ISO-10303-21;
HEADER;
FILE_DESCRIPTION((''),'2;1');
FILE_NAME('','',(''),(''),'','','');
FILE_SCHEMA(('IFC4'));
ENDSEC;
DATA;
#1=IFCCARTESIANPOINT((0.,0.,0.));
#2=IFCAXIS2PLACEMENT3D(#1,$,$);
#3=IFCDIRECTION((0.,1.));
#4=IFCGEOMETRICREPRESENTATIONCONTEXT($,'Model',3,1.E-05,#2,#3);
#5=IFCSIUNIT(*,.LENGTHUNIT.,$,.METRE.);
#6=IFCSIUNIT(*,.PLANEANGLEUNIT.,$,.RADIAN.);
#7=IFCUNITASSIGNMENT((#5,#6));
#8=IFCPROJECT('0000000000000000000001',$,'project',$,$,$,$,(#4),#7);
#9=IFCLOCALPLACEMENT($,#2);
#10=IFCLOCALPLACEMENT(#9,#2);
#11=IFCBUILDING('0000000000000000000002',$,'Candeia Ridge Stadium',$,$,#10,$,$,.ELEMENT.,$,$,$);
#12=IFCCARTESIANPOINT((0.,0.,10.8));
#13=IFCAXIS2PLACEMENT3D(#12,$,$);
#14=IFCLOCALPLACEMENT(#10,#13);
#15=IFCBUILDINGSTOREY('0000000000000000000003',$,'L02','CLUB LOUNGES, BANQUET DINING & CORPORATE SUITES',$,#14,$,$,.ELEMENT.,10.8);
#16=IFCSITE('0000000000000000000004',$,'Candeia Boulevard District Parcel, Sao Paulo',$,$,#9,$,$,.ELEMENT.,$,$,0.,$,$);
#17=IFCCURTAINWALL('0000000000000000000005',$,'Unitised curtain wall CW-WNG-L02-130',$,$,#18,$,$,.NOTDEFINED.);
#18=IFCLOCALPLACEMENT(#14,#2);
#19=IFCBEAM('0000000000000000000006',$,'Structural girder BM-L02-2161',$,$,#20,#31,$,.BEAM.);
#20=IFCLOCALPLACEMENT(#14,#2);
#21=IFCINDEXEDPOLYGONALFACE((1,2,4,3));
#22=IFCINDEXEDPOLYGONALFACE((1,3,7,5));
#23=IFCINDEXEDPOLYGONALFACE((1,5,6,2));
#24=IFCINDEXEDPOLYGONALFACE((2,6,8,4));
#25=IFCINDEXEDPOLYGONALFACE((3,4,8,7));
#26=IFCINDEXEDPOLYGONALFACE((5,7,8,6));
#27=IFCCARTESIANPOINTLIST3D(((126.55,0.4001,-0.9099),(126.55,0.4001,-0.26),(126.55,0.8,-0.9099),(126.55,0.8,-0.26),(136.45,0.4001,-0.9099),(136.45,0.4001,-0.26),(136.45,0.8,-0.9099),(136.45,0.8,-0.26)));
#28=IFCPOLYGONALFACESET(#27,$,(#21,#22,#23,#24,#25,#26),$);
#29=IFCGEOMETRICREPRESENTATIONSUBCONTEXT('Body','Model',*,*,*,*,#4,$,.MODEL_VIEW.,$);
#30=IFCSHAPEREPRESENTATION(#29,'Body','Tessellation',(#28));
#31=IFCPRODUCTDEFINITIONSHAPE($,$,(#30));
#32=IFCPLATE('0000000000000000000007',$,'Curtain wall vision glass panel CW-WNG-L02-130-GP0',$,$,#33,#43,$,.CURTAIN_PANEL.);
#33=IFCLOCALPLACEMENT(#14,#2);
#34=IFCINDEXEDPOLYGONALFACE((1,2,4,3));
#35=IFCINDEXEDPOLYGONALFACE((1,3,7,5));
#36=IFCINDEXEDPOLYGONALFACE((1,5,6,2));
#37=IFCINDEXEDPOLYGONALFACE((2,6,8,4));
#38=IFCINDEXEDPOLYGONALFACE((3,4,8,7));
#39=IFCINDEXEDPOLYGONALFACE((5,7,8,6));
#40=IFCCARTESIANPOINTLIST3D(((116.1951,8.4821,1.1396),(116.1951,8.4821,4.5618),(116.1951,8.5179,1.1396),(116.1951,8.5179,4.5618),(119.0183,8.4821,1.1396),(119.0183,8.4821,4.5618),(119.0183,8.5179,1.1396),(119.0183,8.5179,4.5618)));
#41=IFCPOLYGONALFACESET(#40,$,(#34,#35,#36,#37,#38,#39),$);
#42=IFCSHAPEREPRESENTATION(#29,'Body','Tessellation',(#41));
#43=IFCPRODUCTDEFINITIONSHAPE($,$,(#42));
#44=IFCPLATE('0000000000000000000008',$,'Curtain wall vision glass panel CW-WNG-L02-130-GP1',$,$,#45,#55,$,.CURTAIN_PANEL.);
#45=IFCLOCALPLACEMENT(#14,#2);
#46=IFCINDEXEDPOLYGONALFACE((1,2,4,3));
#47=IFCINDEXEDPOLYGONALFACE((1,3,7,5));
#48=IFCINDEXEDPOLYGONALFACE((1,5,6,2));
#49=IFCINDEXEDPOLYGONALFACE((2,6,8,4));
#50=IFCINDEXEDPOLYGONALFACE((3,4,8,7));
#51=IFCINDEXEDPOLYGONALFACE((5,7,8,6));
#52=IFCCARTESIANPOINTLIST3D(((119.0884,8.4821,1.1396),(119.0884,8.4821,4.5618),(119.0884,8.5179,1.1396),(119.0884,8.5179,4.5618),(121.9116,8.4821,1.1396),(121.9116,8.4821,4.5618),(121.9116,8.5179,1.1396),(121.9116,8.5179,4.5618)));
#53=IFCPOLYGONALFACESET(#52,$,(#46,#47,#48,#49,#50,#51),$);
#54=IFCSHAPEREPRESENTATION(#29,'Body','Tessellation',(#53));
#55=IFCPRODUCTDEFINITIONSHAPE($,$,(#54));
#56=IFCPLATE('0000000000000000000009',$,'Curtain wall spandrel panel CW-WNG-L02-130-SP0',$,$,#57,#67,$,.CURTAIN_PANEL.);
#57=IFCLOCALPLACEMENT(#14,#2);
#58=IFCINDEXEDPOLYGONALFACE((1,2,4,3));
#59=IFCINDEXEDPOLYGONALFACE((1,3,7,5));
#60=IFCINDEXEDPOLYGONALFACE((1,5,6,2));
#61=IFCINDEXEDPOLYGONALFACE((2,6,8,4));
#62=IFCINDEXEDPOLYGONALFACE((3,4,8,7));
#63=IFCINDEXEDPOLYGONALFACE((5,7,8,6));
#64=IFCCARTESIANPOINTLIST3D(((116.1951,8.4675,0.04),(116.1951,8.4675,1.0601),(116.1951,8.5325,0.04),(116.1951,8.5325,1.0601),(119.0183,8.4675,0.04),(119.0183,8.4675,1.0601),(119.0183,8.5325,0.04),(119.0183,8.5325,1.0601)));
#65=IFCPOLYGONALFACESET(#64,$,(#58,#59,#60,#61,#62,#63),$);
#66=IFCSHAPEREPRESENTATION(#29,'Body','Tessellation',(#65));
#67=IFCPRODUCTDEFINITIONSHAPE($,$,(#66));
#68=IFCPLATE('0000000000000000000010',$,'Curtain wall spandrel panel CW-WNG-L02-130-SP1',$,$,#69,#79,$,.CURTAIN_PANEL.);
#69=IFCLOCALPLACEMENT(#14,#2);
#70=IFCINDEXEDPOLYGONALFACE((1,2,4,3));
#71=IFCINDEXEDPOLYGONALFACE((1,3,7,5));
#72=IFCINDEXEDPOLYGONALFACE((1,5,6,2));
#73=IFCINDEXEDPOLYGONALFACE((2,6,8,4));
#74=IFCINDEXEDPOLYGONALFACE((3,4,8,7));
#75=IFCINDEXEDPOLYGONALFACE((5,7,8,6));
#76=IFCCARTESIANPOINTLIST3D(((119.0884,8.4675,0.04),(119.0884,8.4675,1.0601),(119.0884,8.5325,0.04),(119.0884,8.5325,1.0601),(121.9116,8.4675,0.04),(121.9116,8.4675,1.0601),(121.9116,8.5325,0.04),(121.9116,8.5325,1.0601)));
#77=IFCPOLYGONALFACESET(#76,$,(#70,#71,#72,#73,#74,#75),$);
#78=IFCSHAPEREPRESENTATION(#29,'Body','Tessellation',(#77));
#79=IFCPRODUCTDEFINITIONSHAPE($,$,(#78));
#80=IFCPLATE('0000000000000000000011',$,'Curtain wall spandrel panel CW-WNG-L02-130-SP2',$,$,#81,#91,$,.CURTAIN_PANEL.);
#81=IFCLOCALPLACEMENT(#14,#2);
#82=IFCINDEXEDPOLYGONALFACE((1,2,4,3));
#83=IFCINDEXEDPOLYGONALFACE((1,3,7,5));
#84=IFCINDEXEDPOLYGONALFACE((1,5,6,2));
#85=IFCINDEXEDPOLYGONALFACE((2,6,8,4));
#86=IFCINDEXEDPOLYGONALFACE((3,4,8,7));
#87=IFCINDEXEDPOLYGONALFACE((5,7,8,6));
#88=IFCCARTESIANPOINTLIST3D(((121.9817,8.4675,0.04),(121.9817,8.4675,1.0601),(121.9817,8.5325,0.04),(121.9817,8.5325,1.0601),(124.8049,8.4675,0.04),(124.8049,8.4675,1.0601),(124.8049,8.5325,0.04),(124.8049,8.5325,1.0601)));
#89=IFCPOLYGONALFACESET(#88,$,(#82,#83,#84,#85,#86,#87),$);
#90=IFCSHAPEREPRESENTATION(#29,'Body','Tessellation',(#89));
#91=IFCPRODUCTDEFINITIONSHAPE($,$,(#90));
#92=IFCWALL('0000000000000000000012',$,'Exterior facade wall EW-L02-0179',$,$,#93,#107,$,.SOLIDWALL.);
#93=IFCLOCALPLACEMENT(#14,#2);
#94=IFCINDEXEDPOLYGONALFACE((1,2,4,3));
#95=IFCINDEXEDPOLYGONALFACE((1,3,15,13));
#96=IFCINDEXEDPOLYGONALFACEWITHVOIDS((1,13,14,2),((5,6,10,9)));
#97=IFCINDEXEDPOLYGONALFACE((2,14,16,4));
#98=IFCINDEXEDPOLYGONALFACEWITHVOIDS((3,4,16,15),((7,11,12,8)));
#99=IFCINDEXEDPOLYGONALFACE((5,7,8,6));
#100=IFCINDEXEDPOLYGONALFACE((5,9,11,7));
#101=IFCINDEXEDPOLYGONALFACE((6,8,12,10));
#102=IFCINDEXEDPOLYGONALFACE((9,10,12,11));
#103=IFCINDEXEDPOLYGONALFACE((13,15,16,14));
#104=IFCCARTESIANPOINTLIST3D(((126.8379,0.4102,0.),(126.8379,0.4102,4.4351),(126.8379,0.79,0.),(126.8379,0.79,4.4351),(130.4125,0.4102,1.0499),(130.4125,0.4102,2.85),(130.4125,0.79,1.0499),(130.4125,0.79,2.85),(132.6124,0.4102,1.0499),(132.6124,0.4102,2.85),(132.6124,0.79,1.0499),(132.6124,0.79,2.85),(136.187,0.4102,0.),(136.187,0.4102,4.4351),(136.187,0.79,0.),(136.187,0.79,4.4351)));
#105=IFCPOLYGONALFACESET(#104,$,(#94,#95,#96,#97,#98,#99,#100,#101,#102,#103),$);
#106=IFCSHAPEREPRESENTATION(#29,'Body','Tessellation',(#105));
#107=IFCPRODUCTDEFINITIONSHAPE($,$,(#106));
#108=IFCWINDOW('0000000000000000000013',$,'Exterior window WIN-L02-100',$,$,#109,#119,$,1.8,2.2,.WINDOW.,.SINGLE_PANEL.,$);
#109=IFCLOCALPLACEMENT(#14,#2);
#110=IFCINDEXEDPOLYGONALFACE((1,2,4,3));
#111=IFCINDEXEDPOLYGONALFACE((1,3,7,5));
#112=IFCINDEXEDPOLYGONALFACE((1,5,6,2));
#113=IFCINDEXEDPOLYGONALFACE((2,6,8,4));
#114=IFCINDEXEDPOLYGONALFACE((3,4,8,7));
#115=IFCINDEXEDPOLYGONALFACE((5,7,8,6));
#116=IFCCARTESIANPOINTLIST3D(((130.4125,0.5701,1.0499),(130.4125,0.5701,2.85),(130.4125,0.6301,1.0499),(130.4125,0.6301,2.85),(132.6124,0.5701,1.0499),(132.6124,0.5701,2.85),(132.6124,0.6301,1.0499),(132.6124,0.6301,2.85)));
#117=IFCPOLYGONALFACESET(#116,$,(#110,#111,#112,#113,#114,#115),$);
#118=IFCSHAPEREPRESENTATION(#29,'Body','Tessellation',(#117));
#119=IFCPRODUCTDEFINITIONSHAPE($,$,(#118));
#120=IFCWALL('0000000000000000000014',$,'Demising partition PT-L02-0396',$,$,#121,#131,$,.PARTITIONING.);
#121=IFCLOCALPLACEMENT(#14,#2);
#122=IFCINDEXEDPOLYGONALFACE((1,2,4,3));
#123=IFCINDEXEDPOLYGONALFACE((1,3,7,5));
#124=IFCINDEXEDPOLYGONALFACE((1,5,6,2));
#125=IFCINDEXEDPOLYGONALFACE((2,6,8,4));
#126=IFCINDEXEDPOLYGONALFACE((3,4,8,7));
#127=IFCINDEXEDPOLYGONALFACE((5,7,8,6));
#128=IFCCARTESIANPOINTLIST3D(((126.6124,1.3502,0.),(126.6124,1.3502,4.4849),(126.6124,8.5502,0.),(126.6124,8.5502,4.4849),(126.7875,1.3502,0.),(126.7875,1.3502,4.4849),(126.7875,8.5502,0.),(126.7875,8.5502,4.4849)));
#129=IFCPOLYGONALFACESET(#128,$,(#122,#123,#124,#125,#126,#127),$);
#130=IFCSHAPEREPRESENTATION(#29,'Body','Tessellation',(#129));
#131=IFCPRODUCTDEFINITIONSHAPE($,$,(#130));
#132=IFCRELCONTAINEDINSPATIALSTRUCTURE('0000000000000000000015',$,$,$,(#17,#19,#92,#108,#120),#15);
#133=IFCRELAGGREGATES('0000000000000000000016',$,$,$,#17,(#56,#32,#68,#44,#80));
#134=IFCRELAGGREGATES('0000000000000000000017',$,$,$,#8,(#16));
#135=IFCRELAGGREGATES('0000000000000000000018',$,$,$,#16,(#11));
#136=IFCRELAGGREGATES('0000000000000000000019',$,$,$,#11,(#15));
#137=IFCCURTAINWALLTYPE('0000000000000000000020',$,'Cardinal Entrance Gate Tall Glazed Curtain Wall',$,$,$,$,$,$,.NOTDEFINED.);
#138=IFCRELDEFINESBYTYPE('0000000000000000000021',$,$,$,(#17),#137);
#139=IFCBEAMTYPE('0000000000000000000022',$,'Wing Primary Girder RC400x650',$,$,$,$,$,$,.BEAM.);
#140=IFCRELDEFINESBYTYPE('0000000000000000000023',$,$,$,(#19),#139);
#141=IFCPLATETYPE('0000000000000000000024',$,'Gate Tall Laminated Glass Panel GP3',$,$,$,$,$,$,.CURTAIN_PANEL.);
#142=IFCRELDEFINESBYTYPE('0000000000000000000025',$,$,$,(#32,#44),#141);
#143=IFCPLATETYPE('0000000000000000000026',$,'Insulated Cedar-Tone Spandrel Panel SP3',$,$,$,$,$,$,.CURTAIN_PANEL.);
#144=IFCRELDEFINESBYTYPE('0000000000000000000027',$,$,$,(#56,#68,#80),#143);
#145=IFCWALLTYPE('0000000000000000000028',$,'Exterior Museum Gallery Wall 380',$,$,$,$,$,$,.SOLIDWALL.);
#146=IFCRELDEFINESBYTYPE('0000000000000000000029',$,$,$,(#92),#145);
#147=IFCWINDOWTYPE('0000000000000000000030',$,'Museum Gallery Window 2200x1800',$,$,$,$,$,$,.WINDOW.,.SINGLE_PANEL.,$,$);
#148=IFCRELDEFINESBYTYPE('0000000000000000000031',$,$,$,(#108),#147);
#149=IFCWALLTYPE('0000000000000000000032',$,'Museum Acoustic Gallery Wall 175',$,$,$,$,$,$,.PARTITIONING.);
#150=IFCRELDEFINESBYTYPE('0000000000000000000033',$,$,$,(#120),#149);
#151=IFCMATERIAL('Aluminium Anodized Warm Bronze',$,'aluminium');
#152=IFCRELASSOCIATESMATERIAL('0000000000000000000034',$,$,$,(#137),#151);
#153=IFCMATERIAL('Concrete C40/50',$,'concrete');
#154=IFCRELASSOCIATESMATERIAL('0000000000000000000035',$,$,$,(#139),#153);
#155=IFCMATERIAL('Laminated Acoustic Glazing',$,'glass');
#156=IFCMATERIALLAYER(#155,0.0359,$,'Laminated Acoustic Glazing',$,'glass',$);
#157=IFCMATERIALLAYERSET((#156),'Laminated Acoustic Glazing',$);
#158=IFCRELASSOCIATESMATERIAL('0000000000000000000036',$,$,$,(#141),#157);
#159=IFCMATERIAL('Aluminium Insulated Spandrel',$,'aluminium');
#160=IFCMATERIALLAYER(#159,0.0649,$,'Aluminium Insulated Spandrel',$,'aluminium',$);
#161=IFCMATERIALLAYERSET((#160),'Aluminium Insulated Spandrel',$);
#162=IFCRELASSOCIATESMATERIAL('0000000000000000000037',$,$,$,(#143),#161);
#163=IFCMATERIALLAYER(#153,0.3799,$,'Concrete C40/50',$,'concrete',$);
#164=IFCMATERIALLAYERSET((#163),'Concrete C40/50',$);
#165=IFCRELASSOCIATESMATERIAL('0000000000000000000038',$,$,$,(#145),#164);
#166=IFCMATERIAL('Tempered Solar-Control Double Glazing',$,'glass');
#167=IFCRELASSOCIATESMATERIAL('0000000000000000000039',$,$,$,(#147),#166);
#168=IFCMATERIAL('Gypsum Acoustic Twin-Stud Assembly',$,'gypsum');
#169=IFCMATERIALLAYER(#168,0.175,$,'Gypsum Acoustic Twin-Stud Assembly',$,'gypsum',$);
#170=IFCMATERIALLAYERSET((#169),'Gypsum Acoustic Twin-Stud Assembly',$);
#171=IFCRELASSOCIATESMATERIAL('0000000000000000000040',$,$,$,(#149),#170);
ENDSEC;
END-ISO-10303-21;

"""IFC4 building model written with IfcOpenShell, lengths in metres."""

from ifc_helpers import new_model, si_unit, direction, frame, frame_2d, origin, origin_2d, place, context, subcontext, project, spatial, rectangle, extrude, material, layer, layer_set, material_profile, profile_set, type_object, element, fill, aggregate, save


model = new_model("IFC4")

# Units and contexts
model_context = context("Model", 3, precision=1e-05, world=origin(), true_north=direction((0.0, 1.0)))
body_context = subcontext(model_context, "Body", "Model", "MODEL_VIEW")
ifc_project = project(units=[si_unit("LENGTHUNIT", "METRE"), si_unit("PLANEANGLEUNIT", "RADIAN")], contexts=[model_context])

# Site, building, storey
site_placement = place(None, origin())
site = spatial("IfcSite", under=ifc_project, at=site_placement, Name="Candeia Boulevard District Parcel, Sao Paulo", CompositionType="ELEMENT", RefElevation=0.0)
building_placement = place(site_placement, origin())
building = spatial("IfcBuilding", under=site, at=building_placement, Name="Candeia Ridge Stadium", CompositionType="ELEMENT")
storey_placement = place(building_placement, frame((0.0, 0.0, 10.8)))
storey = spatial("IfcBuildingStorey", under=building, at=storey_placement, Name="L02", Description="CLUB LOUNGES, BANQUET DINING & CORPORATE SUITES", CompositionType="ELEMENT", Elevation=10.8)

# Shared definitions
ifc_material_1 = material(Name="Concrete C40/50", Category="concrete")

# Curtain wall
ifc_material_2 = material(Name="Aluminium Anodized Warm Bronze", Category="aluminium")
curtain_wall_type = type_object("IfcCurtainWallType", Name="Cardinal Entrance Gate Tall Glazed Curtain Wall", PredefinedType="NOTDEFINED", material=ifc_material_2)
curtain_wall_placement = place(storey_placement, origin())
curtain_wall = element("IfcCurtainWall", 1, at=curtain_wall_placement, inside=storey, type_object=curtain_wall_type, Name="Unitised curtain wall CW-WNG-L02-130", PredefinedType="NOTDEFINED")

# Beam
ifc_material_profile_1 = material_profile(ifc_material_1, rectangle(XDim=0.3999, YDim=0.6499, at=origin_2d()), Name="RC400x650", Category="concrete")
ifc_profile_set_1 = profile_set([ifc_material_profile_1], Name="Concrete C40/50")
beam_type_1 = type_object("IfcBeamType", Name="Wing Primary Girder RC400x650", PredefinedType="BEAM", material=ifc_profile_set_1)
beam_1_placement = place(storey_placement, frame((126.55, 0.6001, -0.585), z_axis=(1.0, 0.0, 0.0), x_axis=(0.0, 1.0, 0.0)))
element("IfcBeam", 2, at=beam_1_placement, inside=storey, type_object=beam_type_1, Name="Structural girder BM-L02-2161", PredefinedType="BEAM", context=body_context, shape_type="SweptSolid", body=[
    extrude(rectangle(XDim=0.3999, YDim=0.6499, at=origin_2d()), origin(), (0.0, 0.0, 1.0), 9.8999),
])

# Plates
ifc_material_3 = material(Name="Laminated Acoustic Glazing", Category="glass")
ifc_layer_1 = layer(ifc_material_3, 0.0359, Name="Laminated Acoustic Glazing", Category="glass")
ifc_layer_set_1 = layer_set([ifc_layer_1], Name="Laminated Acoustic Glazing")
plate_type_1 = type_object("IfcPlateType", Name="Gate Tall Laminated Glass Panel GP3", PredefinedType="CURTAIN_PANEL", material=ifc_layer_set_1)
plate_1_placement = place(storey_placement, frame((117.6067, 8.5, 1.1396), z_axis=(0.0, 0.0, 1.0), x_axis=(1.0, 0.0, 0.0)))
plate_1 = element("IfcPlate", 3, at=plate_1_placement, type_object=plate_type_1, Name="Curtain wall vision glass panel CW-WNG-L02-130-GP0", PredefinedType="CURTAIN_PANEL", context=body_context, shape_type="SweptSolid", body=[
    extrude(rectangle(XDim=2.8232, YDim=0.0359, at=origin_2d()), origin(), (0.0, 0.0, 1.0), 3.4221),
])
plate_2_placement = place(storey_placement, frame((120.5, 8.5, 1.1396), z_axis=(0.0, 0.0, 1.0), x_axis=(1.0, 0.0, 0.0)))
plate_2 = element("IfcPlate", 4, at=plate_2_placement, type_object=plate_type_1, Name="Curtain wall vision glass panel CW-WNG-L02-130-GP1", PredefinedType="CURTAIN_PANEL", context=body_context, shape_type="SweptSolid", body=[
    extrude(rectangle(XDim=2.8232, YDim=0.0359, at=origin_2d()), origin(), (0.0, 0.0, 1.0), 3.4221),
])
ifc_material_4 = material(Name="Aluminium Insulated Spandrel", Category="aluminium")
ifc_layer_2 = layer(ifc_material_4, 0.0649, Name="Aluminium Insulated Spandrel", Category="aluminium")
ifc_layer_set_2 = layer_set([ifc_layer_2], Name="Aluminium Insulated Spandrel")
plate_type_2 = type_object("IfcPlateType", Name="Insulated Cedar-Tone Spandrel Panel SP3", PredefinedType="CURTAIN_PANEL", material=ifc_layer_set_2)
plate_3_placement = place(storey_placement, frame((117.6067, 8.5, 0.04), z_axis=(0.0, 0.0, 1.0), x_axis=(1.0, 0.0, 0.0)))
plate_3 = element("IfcPlate", 5, at=plate_3_placement, type_object=plate_type_2, Name="Curtain wall spandrel panel CW-WNG-L02-130-SP0", PredefinedType="CURTAIN_PANEL", context=body_context, shape_type="SweptSolid", body=[
    extrude(rectangle(XDim=2.8232, YDim=0.0649, at=origin_2d()), origin(), (0.0, 0.0, 1.0), 1.02),
])
plate_4_placement = place(storey_placement, frame((120.5, 8.5, 0.04), z_axis=(0.0, 0.0, 1.0), x_axis=(1.0, 0.0, 0.0)))
plate_4 = element("IfcPlate", 6, at=plate_4_placement, type_object=plate_type_2, Name="Curtain wall spandrel panel CW-WNG-L02-130-SP1", PredefinedType="CURTAIN_PANEL", context=body_context, shape_type="SweptSolid", body=[
    extrude(rectangle(XDim=2.8232, YDim=0.0649, at=origin_2d()), origin(), (0.0, 0.0, 1.0), 1.02),
])
plate_5_placement = place(storey_placement, frame((123.3933, 8.5, 0.04), z_axis=(0.0, 0.0, 1.0), x_axis=(1.0, 0.0, 0.0)))
plate_5 = element("IfcPlate", 7, at=plate_5_placement, type_object=plate_type_2, Name="Curtain wall spandrel panel CW-WNG-L02-130-SP2", PredefinedType="CURTAIN_PANEL", context=body_context, shape_type="SweptSolid", body=[
    extrude(rectangle(XDim=2.8232, YDim=0.0649, at=origin_2d()), origin(), (0.0, 0.0, 1.0), 1.02),
])
aggregate(curtain_wall, [plate_3, plate_1, plate_4, plate_2, plate_5])

# Wall, opening, window
ifc_layer_3 = layer(ifc_material_1, 0.3799, Name="Concrete C40/50", Category="concrete")
ifc_layer_set_3 = layer_set([ifc_layer_3], Name="Concrete C40/50")
wall_type_1 = type_object("IfcWallType", Name="Exterior Museum Gallery Wall 380", PredefinedType="SOLIDWALL", material=ifc_layer_set_3)
wall_1_placement = place(storey_placement, frame((126.8379, 0.6001, 0.0), z_axis=(0.0, 0.0, 1.0), x_axis=(1.0, 0.0, 0.0)))
wall_1 = element("IfcWall", 8, at=wall_1_placement, inside=storey, type_object=wall_type_1, Name="Exterior facade wall EW-L02-0179", PredefinedType="SOLIDWALL", context=body_context, shape_type="SweptSolid", body=[
    extrude(rectangle(XDim=9.3491, YDim=0.3799, at=frame_2d((4.6746, 0.0))), origin(), (0.0, 0.0, 1.0), 4.4351),
])
opening_placement = place(wall_1_placement, frame((3.5745, 0.0, 1.05)))
opening = element("IfcOpeningElement", 9, at=opening_placement, cuts=wall_1, PredefinedType="OPENING", context=body_context, shape_type="SweptSolid", body=[
    extrude(rectangle(XDim=2.2, YDim=1.8, at=frame_2d((1.1001, 0.8999))), frame((0.0, 0.2, 0.0), z_axis=(0.0, -1.0, 0.0), x_axis=(1.0, 0.0, 0.0)), (0.0, 0.0, 1.0), 0.3999),
])
ifc_material_5 = material(Name="Tempered Solar-Control Double Glazing", Category="glass")
window_type = type_object("IfcWindowType", Name="Museum Gallery Window 2200x1800", PartitioningType="SINGLE_PANEL", PredefinedType="WINDOW", material=ifc_material_5)
window_placement = place(opening_placement, origin())
window = element("IfcWindow", 10, at=window_placement, inside=storey, type_object=window_type, Name="Exterior window WIN-L02-100", OverallHeight=1.8, OverallWidth=2.2, PartitioningType="SINGLE_PANEL", PredefinedType="WINDOW", context=body_context, shape_type="SweptSolid", body=[
    extrude(rectangle(XDim=2.2, YDim=1.8, at=frame_2d((1.1001, 0.8999))), frame((0.0, 0.03, 0.0), z_axis=(0.0, -1.0, 0.0), x_axis=(1.0, 0.0, 0.0)), (0.0, 0.0, 1.0), 0.0601),
])
fill(opening, window)

# Wall
ifc_material_6 = material(Name="Gypsum Acoustic Twin-Stud Assembly", Category="gypsum")
ifc_layer_4 = layer(ifc_material_6, 0.175, Name="Gypsum Acoustic Twin-Stud Assembly", Category="gypsum")
ifc_layer_set_4 = layer_set([ifc_layer_4], Name="Gypsum Acoustic Twin-Stud Assembly")
wall_type_2 = type_object("IfcWallType", Name="Museum Acoustic Gallery Wall 175", PredefinedType="PARTITIONING", material=ifc_layer_set_4)
wall_2_placement = place(storey_placement, frame((126.7, 1.3501, 0.0), z_axis=(0.0, 0.0, 1.0), x_axis=(0.0, 1.0, 0.0)))
element("IfcWall", 11, at=wall_2_placement, inside=storey, type_object=wall_type_2, Name="Demising partition PT-L02-0396", PredefinedType="PARTITIONING", context=body_context, shape_type="SweptSolid", body=[
    extrude(rectangle(XDim=7.2, YDim=0.175, at=frame_2d((3.6001, 0.0))), origin(), (0.0, 0.0, 1.0), 4.4849),
])

save(model, "model.ifc")
